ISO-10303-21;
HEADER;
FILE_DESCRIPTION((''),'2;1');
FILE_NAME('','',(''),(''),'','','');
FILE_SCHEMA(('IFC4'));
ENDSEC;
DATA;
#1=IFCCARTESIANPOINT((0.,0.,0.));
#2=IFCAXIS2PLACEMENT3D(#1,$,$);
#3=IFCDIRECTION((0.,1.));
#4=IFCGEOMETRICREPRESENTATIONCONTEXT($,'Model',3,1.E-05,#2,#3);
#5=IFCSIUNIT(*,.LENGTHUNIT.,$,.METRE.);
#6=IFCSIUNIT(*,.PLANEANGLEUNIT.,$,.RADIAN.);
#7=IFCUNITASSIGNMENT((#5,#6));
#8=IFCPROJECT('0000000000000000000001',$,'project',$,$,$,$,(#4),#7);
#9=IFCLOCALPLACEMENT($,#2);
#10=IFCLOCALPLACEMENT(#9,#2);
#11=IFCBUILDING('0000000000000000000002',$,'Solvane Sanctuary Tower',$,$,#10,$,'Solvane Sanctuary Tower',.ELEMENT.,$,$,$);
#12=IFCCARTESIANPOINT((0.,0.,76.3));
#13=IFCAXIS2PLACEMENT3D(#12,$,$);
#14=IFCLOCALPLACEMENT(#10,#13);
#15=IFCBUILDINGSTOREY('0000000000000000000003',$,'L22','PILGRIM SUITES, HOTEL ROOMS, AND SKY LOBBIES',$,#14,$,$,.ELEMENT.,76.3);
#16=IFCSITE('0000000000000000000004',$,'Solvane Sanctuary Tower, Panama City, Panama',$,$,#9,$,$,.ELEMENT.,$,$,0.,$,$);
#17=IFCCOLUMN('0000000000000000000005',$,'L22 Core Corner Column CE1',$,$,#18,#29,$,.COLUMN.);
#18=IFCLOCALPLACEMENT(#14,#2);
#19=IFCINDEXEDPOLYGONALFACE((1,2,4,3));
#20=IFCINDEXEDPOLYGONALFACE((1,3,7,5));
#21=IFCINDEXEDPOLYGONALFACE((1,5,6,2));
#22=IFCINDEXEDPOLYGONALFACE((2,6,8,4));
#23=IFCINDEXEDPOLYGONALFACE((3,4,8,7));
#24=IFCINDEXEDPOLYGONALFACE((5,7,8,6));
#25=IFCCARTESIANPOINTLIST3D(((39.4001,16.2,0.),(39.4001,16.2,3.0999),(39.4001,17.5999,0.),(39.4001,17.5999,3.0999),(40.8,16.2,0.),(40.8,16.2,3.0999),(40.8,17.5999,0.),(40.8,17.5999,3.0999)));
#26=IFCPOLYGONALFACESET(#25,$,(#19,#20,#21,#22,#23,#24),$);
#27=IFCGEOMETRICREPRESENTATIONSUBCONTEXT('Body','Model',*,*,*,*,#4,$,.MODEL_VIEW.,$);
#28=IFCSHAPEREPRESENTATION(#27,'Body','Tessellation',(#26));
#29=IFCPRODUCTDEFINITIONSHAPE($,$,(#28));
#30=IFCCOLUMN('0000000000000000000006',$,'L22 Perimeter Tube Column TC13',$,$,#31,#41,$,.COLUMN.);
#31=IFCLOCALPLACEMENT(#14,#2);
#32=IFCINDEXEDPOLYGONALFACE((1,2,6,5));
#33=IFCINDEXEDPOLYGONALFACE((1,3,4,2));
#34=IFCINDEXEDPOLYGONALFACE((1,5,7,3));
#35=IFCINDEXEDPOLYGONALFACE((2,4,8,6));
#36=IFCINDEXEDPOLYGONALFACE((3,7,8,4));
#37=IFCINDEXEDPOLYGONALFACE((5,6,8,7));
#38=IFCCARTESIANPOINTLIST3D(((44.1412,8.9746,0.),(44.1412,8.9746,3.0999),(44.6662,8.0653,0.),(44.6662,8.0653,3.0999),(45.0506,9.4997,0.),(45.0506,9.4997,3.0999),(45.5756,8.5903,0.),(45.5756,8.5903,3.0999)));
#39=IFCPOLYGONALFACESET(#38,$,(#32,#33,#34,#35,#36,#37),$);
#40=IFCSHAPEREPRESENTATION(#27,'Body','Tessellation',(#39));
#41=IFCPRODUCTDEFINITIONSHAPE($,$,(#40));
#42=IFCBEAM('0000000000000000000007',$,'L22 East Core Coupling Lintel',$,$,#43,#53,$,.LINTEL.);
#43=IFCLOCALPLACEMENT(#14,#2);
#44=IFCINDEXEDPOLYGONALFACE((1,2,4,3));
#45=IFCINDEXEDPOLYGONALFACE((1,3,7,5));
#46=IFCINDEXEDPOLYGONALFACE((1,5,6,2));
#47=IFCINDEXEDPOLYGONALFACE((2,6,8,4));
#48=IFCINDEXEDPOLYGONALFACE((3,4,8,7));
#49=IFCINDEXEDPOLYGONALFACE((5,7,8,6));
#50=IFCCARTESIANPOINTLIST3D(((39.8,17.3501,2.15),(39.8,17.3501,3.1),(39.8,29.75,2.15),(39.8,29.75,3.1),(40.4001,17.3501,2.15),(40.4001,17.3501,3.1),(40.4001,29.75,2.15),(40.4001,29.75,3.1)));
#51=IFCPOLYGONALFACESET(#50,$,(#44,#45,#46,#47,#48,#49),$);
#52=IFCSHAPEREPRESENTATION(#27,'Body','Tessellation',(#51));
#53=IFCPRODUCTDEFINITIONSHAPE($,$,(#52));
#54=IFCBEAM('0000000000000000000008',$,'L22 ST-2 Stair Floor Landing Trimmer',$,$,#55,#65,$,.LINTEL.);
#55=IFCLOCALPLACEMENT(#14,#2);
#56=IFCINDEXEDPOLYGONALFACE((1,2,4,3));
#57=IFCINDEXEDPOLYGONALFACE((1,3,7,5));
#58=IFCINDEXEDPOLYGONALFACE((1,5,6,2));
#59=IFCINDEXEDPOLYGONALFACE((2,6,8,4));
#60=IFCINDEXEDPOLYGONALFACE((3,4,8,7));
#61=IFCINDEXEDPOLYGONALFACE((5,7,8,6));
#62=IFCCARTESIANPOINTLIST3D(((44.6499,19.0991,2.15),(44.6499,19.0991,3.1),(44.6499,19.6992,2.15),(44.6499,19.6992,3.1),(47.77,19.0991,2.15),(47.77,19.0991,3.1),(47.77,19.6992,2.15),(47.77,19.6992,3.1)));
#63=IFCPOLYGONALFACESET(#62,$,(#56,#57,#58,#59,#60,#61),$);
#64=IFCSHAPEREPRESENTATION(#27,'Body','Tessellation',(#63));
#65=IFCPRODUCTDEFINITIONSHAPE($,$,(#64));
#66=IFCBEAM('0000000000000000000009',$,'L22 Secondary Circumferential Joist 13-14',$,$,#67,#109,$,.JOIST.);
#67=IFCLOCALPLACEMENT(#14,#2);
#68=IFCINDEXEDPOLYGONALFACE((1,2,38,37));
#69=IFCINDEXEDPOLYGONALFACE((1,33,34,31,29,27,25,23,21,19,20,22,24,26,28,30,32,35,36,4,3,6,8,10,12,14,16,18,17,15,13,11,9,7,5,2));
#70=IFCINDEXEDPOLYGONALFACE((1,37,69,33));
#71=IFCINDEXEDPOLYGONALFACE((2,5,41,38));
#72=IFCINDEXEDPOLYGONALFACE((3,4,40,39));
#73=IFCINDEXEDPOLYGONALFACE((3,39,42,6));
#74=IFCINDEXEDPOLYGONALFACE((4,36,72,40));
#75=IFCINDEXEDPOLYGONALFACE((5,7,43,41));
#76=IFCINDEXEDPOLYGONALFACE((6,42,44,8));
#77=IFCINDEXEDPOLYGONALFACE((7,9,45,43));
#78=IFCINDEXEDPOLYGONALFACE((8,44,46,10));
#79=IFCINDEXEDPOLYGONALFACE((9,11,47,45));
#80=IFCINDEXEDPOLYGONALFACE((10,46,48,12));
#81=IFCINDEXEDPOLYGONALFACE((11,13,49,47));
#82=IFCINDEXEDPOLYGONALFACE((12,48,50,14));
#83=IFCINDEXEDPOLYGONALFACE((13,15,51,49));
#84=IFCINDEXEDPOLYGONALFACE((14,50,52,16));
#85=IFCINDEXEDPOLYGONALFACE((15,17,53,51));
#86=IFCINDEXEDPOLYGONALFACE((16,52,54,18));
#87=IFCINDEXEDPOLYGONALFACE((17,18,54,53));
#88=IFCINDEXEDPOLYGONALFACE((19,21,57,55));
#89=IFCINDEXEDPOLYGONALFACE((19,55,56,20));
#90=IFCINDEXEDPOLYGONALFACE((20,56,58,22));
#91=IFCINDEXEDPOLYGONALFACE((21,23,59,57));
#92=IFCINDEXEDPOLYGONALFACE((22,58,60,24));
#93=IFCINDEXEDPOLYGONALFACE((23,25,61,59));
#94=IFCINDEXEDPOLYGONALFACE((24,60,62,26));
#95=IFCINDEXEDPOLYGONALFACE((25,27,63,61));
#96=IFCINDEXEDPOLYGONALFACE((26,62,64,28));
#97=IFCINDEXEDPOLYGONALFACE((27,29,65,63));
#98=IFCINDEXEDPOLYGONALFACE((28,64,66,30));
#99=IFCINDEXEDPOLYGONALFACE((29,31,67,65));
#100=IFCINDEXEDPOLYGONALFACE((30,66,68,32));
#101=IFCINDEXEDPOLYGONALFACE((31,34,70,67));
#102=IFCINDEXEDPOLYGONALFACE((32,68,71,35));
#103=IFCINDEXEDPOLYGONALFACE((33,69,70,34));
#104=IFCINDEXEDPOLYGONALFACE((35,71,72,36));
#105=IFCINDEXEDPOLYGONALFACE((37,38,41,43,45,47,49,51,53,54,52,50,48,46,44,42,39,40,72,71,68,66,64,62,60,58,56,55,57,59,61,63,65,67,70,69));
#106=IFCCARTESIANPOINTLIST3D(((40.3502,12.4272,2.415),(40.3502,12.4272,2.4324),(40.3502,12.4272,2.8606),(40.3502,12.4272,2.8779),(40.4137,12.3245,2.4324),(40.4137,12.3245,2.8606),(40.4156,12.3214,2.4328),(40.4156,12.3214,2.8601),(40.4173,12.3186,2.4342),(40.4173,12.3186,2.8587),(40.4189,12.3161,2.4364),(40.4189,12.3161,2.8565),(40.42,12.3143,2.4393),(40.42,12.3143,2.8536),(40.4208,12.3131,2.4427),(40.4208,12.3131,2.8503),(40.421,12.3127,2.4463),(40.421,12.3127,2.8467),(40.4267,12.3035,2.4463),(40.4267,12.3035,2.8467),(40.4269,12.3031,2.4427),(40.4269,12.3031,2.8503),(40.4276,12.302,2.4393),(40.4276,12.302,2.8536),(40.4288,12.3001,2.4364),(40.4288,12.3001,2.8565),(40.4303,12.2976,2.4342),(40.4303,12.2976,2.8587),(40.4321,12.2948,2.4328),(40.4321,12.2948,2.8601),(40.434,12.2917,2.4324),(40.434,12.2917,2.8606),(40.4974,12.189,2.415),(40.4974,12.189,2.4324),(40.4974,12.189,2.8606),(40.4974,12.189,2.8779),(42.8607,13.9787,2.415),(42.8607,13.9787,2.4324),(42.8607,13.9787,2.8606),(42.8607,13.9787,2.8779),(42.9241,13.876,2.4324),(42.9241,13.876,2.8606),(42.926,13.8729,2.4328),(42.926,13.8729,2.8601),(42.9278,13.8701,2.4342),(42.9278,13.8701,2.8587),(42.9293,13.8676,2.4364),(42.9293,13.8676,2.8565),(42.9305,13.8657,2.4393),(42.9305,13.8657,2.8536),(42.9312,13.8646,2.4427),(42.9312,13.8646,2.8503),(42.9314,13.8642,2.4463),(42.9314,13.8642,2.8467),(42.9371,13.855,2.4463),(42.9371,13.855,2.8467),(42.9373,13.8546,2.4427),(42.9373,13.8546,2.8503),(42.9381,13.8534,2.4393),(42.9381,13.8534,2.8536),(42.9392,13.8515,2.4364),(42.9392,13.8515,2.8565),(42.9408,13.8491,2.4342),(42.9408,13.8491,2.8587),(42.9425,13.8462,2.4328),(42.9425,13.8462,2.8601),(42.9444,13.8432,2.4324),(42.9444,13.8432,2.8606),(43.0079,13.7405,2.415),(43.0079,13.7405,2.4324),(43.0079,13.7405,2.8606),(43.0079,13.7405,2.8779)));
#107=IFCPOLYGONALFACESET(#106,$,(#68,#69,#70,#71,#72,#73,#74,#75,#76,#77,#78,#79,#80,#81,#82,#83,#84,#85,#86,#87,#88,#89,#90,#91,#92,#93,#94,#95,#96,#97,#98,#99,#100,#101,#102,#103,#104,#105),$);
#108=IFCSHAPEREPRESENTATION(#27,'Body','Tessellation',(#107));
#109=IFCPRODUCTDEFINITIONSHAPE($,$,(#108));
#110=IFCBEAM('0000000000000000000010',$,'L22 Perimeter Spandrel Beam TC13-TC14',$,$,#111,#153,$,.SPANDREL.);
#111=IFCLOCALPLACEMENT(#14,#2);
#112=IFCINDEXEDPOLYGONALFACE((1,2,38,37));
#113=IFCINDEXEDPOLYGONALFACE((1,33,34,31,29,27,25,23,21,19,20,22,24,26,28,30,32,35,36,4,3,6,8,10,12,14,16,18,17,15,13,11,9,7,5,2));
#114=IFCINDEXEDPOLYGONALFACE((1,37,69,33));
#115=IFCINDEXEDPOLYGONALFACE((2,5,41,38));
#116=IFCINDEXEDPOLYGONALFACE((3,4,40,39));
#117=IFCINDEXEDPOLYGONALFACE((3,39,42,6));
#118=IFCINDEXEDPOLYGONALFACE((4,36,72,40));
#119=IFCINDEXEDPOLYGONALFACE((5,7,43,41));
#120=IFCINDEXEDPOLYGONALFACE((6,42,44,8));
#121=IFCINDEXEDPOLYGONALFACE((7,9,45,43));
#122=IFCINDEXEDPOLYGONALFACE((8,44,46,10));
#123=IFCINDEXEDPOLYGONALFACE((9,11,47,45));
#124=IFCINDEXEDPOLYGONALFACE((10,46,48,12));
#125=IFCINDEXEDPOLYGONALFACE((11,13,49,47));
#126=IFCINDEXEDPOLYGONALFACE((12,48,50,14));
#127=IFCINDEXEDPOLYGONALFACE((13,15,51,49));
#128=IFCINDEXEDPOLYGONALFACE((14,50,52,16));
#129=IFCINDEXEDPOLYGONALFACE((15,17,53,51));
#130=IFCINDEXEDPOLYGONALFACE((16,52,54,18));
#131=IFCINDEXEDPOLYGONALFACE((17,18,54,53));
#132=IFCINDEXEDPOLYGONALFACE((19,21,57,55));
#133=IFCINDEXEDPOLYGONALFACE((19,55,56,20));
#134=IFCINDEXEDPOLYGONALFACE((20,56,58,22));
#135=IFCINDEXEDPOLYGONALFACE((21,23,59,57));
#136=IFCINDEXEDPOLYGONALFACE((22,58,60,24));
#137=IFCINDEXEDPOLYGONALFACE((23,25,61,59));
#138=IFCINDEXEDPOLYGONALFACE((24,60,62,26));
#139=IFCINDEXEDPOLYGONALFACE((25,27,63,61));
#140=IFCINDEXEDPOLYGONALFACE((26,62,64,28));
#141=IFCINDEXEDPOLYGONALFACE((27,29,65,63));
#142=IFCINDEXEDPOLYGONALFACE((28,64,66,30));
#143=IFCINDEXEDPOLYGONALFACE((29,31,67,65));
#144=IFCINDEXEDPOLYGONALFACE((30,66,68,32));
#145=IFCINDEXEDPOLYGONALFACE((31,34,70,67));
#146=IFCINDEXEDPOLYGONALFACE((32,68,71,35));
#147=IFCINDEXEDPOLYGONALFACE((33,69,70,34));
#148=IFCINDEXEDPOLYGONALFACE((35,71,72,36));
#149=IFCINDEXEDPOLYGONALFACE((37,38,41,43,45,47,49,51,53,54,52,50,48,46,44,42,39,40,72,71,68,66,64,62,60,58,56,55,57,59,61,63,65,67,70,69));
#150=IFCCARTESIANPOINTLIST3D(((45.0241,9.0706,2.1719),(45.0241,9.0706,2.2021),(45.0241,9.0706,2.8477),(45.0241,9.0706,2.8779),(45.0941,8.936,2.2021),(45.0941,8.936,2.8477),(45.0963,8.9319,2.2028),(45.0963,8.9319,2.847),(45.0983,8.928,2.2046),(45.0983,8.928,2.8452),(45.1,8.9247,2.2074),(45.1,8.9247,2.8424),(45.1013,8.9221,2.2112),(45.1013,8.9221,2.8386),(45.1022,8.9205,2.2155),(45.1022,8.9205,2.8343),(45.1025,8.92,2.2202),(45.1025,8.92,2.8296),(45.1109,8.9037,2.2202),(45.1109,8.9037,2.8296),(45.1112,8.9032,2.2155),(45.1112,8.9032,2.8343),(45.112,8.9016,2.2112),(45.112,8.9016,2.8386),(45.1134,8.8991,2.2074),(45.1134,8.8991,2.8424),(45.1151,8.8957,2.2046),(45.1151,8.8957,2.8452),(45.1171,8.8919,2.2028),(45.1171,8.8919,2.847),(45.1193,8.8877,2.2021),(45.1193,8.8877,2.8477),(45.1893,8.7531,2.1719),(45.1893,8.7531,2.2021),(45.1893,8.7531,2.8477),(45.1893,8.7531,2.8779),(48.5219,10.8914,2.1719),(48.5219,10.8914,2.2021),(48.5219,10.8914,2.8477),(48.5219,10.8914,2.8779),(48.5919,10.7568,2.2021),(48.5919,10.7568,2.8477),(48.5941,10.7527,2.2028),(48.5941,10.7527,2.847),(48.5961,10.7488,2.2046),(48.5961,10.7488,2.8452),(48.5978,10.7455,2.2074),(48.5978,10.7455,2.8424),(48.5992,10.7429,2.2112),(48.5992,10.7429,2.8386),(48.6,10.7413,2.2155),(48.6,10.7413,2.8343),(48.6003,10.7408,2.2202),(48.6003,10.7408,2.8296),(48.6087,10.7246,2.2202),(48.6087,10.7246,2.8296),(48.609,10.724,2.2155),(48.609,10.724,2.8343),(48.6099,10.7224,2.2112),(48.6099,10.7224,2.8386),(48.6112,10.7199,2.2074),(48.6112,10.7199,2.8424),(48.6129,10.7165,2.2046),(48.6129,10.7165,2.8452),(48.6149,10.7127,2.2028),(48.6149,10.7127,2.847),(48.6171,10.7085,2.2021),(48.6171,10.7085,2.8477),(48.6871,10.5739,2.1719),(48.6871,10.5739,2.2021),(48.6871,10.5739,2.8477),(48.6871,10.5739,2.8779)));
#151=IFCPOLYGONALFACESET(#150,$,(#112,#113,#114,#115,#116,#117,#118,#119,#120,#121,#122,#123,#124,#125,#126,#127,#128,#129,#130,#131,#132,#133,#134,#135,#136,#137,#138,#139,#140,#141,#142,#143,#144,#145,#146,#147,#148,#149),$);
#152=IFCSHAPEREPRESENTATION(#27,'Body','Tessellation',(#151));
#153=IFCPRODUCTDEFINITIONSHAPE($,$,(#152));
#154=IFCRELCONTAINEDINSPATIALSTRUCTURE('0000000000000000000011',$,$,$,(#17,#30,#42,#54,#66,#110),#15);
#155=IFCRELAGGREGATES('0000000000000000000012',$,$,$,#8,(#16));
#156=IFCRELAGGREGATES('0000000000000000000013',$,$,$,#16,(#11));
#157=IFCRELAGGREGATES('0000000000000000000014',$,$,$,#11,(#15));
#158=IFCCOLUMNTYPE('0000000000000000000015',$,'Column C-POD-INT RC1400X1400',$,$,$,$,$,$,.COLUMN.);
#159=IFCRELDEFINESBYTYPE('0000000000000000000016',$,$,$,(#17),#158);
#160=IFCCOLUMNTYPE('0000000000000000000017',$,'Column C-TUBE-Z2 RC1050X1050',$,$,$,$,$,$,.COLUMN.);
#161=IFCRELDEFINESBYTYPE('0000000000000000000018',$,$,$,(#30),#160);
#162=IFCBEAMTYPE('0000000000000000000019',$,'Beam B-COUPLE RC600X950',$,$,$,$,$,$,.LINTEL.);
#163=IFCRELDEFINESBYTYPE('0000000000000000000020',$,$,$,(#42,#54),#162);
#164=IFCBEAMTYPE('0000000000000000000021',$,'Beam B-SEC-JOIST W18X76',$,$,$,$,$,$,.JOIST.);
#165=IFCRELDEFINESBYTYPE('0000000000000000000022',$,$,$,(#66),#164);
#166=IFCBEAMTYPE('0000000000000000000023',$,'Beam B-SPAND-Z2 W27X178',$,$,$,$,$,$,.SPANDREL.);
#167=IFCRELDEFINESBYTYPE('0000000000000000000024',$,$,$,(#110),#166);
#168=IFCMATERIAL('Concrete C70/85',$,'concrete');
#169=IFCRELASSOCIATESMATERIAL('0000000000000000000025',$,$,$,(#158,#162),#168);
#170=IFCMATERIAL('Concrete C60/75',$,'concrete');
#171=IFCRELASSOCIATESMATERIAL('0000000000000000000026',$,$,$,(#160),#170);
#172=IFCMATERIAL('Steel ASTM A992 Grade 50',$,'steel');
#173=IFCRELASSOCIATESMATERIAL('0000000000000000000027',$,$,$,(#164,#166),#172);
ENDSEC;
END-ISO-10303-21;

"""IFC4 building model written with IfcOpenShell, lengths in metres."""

from ifc_helpers import new_model, si_unit, direction, frame, origin, origin_2d, place, context, subcontext, project, spatial, rectangle, i_section, extrude, material, material_profile, profile_set, type_object, element, save


model = new_model("IFC4")

# Units and contexts
model_context = context("Model", 3, precision=1e-05, world=origin(), true_north=direction((0.0, 1.0)))
body_context = subcontext(model_context, "Body", "Model", "MODEL_VIEW")
ifc_project = project(units=[si_unit("LENGTHUNIT", "METRE"), si_unit("PLANEANGLEUNIT", "RADIAN")], contexts=[model_context])

# Site, building, storey
site_placement = place(None, origin())
site = spatial("IfcSite", under=ifc_project, at=site_placement, Name="Solvane Sanctuary Tower, Panama City, Panama", CompositionType="ELEMENT", RefElevation=0.0)
building_placement = place(site_placement, origin())
building = spatial("IfcBuilding", under=site, at=building_placement, Name="Solvane Sanctuary Tower", LongName="Solvane Sanctuary Tower", CompositionType="ELEMENT")
storey_placement = place(building_placement, frame((0.0, 0.0, 76.3)))
storey = spatial("IfcBuildingStorey", under=building, at=storey_placement, Name="L22", Description="PILGRIM SUITES, HOTEL ROOMS, AND SKY LOBBIES", CompositionType="ELEMENT", Elevation=76.3)

# Columns
ifc_material_1 = material(Name="Concrete C70/85", Category="concrete")
ifc_material_profile_1 = material_profile(ifc_material_1, rectangle(XDim=1.3999, YDim=1.3999, at=origin_2d()), Name="RC1400X1400")
ifc_profile_set_1 = profile_set([ifc_material_profile_1], Name="Concrete C70/85")
column_type_1 = type_object("IfcColumnType", Name="Column C-POD-INT RC1400X1400", PredefinedType="COLUMN", material=ifc_profile_set_1)
column_1_placement = place(storey_placement, frame((40.1001, 16.8999, 0.0), z_axis=(0.0, 0.0, 1.0), x_axis=(1.0, 0.0, 0.0)))
element("IfcColumn", 1, at=column_1_placement, inside=storey, type_object=column_type_1, Name="L22 Core Corner Column CE1", PredefinedType="COLUMN", context=body_context, shape_type="SweptSolid", body=[
    extrude(rectangle(XDim=1.3999, YDim=1.3999, at=origin_2d()), origin(), (0.0, 0.0, 1.0), 3.0999),
])
ifc_material_2 = material(Name="Concrete C60/75", Category="concrete")
ifc_material_profile_2 = material_profile(ifc_material_2, rectangle(XDim=1.05, YDim=1.05, at=origin_2d()), Name="RC1050X1050")
ifc_profile_set_2 = profile_set([ifc_material_profile_2], Name="Concrete C60/75")
column_type_2 = type_object("IfcColumnType", Name="Column C-TUBE-Z2 RC1050X1050", PredefinedType="COLUMN", material=ifc_profile_set_2)
column_2_placement = place(storey_placement, frame((44.8584, 8.7825, 0.0), z_axis=(0.0, 0.0, 1.0), x_axis=(0.5, -0.866025, 0.0)))
element("IfcColumn", 2, at=column_2_placement, inside=storey, type_object=column_type_2, Name="L22 Perimeter Tube Column TC13", PredefinedType="COLUMN", context=body_context, shape_type="SweptSolid", body=[
    extrude(rectangle(XDim=1.05, YDim=1.05, at=origin_2d()), origin(), (0.0, 0.0, 1.0), 3.0999),
])

# Beams
ifc_material_profile_3 = material_profile(ifc_material_1, rectangle(XDim=0.6001, YDim=0.95, at=origin_2d()), Name="RC600X950")
ifc_profile_set_3 = profile_set([ifc_material_profile_3], Name="Concrete C70/85")
beam_type_1 = type_object("IfcBeamType", Name="Beam B-COUPLE RC600X950", PredefinedType="LINTEL", material=ifc_profile_set_3)
beam_1_placement = place(storey_placement, frame((40.1001, 17.3501, 2.625), z_axis=(0.0, 1.0, 0.0), x_axis=(-1.0, 0.0, 0.0)))
element("IfcBeam", 3, at=beam_1_placement, inside=storey, type_object=beam_type_1, Name="L22 East Core Coupling Lintel", PredefinedType="LINTEL", context=body_context, shape_type="SweptSolid", body=[
    extrude(rectangle(XDim=0.6001, YDim=0.95, at=origin_2d()), origin(), (0.0, 0.0, 1.0), 12.3999),
])
beam_2_placement = place(storey_placement, frame((44.6499, 19.3992, 2.625), z_axis=(1.0, 0.0, 0.0), x_axis=(0.0, 1.0, 0.0)))
element("IfcBeam", 4, at=beam_2_placement, inside=storey, type_object=beam_type_1, Name="L22 ST-2 Stair Floor Landing Trimmer", PredefinedType="LINTEL", context=body_context, shape_type="SweptSolid", body=[
    extrude(rectangle(XDim=0.6001, YDim=0.95, at=origin_2d()), origin(), (0.0, 0.0, 1.0), 3.1201),
])
ifc_material_3 = material(Name="Steel ASTM A992 Grade 50", Category="steel")
ifc_material_profile_4 = material_profile(ifc_material_3, i_section(OverallWidth=0.28, OverallDepth=0.4629, WebThickness=0.0107, FlangeThickness=0.0173, FilletRadius=0.0139, at=origin_2d()), Name="W18X76")
ifc_profile_set_4 = profile_set([ifc_material_profile_4], Name="Steel ASTM A992 Grade 50")
beam_type_2 = type_object("IfcBeamType", Name="Beam B-SEC-JOIST W18X76", PredefinedType="JOIST", material=ifc_profile_set_4)
beam_3_placement = place(storey_placement, frame((40.4238, 12.3081, 2.6465), z_axis=(0.85066, 0.525717, 0.0), x_axis=(-0.525717, 0.85066, 0.0)))
element("IfcBeam", 5, at=beam_3_placement, inside=storey, type_object=beam_type_2, Name="L22 Secondary Circumferential Joist 13-14", PredefinedType="JOIST", context=body_context, shape_type="SweptSolid", body=[
    extrude(i_section(OverallWidth=0.28, OverallDepth=0.4629, WebThickness=0.0107, FlangeThickness=0.0173, FilletRadius=0.0139, at=origin_2d()), origin(), (0.0, 0.0, 1.0), 2.9512),
])
ifc_material_profile_5 = material_profile(ifc_material_3, i_section(OverallWidth=0.3579, OverallDepth=0.7061, WebThickness=0.0183, FlangeThickness=0.0303, FilletRadius=0.0181, at=origin_2d()), Name="W27X178")
ifc_profile_set_5 = profile_set([ifc_material_profile_5], Name="Steel ASTM A992 Grade 50")
beam_type_3 = type_object("IfcBeamType", Name="Beam B-SPAND-Z2 W27X178", PredefinedType="SPANDREL", material=ifc_profile_set_5)
beam_4_placement = place(storey_placement, frame((45.1067, 8.9119, 2.5249), z_axis=(0.887015, 0.461741, 0.0), x_axis=(-0.461741, 0.887015, 0.0)))
element("IfcBeam", 6, at=beam_4_placement, inside=storey, type_object=beam_type_3, Name="L22 Perimeter Spandrel Beam TC13-TC14", PredefinedType="SPANDREL", context=body_context, shape_type="SweptSolid", body=[
    extrude(i_section(OverallWidth=0.3579, OverallDepth=0.7061, WebThickness=0.0183, FlangeThickness=0.0303, FilletRadius=0.0181, at=origin_2d()), origin(), (0.0, 0.0, 1.0), 3.9434),
])

save(model, "model.ifc")
